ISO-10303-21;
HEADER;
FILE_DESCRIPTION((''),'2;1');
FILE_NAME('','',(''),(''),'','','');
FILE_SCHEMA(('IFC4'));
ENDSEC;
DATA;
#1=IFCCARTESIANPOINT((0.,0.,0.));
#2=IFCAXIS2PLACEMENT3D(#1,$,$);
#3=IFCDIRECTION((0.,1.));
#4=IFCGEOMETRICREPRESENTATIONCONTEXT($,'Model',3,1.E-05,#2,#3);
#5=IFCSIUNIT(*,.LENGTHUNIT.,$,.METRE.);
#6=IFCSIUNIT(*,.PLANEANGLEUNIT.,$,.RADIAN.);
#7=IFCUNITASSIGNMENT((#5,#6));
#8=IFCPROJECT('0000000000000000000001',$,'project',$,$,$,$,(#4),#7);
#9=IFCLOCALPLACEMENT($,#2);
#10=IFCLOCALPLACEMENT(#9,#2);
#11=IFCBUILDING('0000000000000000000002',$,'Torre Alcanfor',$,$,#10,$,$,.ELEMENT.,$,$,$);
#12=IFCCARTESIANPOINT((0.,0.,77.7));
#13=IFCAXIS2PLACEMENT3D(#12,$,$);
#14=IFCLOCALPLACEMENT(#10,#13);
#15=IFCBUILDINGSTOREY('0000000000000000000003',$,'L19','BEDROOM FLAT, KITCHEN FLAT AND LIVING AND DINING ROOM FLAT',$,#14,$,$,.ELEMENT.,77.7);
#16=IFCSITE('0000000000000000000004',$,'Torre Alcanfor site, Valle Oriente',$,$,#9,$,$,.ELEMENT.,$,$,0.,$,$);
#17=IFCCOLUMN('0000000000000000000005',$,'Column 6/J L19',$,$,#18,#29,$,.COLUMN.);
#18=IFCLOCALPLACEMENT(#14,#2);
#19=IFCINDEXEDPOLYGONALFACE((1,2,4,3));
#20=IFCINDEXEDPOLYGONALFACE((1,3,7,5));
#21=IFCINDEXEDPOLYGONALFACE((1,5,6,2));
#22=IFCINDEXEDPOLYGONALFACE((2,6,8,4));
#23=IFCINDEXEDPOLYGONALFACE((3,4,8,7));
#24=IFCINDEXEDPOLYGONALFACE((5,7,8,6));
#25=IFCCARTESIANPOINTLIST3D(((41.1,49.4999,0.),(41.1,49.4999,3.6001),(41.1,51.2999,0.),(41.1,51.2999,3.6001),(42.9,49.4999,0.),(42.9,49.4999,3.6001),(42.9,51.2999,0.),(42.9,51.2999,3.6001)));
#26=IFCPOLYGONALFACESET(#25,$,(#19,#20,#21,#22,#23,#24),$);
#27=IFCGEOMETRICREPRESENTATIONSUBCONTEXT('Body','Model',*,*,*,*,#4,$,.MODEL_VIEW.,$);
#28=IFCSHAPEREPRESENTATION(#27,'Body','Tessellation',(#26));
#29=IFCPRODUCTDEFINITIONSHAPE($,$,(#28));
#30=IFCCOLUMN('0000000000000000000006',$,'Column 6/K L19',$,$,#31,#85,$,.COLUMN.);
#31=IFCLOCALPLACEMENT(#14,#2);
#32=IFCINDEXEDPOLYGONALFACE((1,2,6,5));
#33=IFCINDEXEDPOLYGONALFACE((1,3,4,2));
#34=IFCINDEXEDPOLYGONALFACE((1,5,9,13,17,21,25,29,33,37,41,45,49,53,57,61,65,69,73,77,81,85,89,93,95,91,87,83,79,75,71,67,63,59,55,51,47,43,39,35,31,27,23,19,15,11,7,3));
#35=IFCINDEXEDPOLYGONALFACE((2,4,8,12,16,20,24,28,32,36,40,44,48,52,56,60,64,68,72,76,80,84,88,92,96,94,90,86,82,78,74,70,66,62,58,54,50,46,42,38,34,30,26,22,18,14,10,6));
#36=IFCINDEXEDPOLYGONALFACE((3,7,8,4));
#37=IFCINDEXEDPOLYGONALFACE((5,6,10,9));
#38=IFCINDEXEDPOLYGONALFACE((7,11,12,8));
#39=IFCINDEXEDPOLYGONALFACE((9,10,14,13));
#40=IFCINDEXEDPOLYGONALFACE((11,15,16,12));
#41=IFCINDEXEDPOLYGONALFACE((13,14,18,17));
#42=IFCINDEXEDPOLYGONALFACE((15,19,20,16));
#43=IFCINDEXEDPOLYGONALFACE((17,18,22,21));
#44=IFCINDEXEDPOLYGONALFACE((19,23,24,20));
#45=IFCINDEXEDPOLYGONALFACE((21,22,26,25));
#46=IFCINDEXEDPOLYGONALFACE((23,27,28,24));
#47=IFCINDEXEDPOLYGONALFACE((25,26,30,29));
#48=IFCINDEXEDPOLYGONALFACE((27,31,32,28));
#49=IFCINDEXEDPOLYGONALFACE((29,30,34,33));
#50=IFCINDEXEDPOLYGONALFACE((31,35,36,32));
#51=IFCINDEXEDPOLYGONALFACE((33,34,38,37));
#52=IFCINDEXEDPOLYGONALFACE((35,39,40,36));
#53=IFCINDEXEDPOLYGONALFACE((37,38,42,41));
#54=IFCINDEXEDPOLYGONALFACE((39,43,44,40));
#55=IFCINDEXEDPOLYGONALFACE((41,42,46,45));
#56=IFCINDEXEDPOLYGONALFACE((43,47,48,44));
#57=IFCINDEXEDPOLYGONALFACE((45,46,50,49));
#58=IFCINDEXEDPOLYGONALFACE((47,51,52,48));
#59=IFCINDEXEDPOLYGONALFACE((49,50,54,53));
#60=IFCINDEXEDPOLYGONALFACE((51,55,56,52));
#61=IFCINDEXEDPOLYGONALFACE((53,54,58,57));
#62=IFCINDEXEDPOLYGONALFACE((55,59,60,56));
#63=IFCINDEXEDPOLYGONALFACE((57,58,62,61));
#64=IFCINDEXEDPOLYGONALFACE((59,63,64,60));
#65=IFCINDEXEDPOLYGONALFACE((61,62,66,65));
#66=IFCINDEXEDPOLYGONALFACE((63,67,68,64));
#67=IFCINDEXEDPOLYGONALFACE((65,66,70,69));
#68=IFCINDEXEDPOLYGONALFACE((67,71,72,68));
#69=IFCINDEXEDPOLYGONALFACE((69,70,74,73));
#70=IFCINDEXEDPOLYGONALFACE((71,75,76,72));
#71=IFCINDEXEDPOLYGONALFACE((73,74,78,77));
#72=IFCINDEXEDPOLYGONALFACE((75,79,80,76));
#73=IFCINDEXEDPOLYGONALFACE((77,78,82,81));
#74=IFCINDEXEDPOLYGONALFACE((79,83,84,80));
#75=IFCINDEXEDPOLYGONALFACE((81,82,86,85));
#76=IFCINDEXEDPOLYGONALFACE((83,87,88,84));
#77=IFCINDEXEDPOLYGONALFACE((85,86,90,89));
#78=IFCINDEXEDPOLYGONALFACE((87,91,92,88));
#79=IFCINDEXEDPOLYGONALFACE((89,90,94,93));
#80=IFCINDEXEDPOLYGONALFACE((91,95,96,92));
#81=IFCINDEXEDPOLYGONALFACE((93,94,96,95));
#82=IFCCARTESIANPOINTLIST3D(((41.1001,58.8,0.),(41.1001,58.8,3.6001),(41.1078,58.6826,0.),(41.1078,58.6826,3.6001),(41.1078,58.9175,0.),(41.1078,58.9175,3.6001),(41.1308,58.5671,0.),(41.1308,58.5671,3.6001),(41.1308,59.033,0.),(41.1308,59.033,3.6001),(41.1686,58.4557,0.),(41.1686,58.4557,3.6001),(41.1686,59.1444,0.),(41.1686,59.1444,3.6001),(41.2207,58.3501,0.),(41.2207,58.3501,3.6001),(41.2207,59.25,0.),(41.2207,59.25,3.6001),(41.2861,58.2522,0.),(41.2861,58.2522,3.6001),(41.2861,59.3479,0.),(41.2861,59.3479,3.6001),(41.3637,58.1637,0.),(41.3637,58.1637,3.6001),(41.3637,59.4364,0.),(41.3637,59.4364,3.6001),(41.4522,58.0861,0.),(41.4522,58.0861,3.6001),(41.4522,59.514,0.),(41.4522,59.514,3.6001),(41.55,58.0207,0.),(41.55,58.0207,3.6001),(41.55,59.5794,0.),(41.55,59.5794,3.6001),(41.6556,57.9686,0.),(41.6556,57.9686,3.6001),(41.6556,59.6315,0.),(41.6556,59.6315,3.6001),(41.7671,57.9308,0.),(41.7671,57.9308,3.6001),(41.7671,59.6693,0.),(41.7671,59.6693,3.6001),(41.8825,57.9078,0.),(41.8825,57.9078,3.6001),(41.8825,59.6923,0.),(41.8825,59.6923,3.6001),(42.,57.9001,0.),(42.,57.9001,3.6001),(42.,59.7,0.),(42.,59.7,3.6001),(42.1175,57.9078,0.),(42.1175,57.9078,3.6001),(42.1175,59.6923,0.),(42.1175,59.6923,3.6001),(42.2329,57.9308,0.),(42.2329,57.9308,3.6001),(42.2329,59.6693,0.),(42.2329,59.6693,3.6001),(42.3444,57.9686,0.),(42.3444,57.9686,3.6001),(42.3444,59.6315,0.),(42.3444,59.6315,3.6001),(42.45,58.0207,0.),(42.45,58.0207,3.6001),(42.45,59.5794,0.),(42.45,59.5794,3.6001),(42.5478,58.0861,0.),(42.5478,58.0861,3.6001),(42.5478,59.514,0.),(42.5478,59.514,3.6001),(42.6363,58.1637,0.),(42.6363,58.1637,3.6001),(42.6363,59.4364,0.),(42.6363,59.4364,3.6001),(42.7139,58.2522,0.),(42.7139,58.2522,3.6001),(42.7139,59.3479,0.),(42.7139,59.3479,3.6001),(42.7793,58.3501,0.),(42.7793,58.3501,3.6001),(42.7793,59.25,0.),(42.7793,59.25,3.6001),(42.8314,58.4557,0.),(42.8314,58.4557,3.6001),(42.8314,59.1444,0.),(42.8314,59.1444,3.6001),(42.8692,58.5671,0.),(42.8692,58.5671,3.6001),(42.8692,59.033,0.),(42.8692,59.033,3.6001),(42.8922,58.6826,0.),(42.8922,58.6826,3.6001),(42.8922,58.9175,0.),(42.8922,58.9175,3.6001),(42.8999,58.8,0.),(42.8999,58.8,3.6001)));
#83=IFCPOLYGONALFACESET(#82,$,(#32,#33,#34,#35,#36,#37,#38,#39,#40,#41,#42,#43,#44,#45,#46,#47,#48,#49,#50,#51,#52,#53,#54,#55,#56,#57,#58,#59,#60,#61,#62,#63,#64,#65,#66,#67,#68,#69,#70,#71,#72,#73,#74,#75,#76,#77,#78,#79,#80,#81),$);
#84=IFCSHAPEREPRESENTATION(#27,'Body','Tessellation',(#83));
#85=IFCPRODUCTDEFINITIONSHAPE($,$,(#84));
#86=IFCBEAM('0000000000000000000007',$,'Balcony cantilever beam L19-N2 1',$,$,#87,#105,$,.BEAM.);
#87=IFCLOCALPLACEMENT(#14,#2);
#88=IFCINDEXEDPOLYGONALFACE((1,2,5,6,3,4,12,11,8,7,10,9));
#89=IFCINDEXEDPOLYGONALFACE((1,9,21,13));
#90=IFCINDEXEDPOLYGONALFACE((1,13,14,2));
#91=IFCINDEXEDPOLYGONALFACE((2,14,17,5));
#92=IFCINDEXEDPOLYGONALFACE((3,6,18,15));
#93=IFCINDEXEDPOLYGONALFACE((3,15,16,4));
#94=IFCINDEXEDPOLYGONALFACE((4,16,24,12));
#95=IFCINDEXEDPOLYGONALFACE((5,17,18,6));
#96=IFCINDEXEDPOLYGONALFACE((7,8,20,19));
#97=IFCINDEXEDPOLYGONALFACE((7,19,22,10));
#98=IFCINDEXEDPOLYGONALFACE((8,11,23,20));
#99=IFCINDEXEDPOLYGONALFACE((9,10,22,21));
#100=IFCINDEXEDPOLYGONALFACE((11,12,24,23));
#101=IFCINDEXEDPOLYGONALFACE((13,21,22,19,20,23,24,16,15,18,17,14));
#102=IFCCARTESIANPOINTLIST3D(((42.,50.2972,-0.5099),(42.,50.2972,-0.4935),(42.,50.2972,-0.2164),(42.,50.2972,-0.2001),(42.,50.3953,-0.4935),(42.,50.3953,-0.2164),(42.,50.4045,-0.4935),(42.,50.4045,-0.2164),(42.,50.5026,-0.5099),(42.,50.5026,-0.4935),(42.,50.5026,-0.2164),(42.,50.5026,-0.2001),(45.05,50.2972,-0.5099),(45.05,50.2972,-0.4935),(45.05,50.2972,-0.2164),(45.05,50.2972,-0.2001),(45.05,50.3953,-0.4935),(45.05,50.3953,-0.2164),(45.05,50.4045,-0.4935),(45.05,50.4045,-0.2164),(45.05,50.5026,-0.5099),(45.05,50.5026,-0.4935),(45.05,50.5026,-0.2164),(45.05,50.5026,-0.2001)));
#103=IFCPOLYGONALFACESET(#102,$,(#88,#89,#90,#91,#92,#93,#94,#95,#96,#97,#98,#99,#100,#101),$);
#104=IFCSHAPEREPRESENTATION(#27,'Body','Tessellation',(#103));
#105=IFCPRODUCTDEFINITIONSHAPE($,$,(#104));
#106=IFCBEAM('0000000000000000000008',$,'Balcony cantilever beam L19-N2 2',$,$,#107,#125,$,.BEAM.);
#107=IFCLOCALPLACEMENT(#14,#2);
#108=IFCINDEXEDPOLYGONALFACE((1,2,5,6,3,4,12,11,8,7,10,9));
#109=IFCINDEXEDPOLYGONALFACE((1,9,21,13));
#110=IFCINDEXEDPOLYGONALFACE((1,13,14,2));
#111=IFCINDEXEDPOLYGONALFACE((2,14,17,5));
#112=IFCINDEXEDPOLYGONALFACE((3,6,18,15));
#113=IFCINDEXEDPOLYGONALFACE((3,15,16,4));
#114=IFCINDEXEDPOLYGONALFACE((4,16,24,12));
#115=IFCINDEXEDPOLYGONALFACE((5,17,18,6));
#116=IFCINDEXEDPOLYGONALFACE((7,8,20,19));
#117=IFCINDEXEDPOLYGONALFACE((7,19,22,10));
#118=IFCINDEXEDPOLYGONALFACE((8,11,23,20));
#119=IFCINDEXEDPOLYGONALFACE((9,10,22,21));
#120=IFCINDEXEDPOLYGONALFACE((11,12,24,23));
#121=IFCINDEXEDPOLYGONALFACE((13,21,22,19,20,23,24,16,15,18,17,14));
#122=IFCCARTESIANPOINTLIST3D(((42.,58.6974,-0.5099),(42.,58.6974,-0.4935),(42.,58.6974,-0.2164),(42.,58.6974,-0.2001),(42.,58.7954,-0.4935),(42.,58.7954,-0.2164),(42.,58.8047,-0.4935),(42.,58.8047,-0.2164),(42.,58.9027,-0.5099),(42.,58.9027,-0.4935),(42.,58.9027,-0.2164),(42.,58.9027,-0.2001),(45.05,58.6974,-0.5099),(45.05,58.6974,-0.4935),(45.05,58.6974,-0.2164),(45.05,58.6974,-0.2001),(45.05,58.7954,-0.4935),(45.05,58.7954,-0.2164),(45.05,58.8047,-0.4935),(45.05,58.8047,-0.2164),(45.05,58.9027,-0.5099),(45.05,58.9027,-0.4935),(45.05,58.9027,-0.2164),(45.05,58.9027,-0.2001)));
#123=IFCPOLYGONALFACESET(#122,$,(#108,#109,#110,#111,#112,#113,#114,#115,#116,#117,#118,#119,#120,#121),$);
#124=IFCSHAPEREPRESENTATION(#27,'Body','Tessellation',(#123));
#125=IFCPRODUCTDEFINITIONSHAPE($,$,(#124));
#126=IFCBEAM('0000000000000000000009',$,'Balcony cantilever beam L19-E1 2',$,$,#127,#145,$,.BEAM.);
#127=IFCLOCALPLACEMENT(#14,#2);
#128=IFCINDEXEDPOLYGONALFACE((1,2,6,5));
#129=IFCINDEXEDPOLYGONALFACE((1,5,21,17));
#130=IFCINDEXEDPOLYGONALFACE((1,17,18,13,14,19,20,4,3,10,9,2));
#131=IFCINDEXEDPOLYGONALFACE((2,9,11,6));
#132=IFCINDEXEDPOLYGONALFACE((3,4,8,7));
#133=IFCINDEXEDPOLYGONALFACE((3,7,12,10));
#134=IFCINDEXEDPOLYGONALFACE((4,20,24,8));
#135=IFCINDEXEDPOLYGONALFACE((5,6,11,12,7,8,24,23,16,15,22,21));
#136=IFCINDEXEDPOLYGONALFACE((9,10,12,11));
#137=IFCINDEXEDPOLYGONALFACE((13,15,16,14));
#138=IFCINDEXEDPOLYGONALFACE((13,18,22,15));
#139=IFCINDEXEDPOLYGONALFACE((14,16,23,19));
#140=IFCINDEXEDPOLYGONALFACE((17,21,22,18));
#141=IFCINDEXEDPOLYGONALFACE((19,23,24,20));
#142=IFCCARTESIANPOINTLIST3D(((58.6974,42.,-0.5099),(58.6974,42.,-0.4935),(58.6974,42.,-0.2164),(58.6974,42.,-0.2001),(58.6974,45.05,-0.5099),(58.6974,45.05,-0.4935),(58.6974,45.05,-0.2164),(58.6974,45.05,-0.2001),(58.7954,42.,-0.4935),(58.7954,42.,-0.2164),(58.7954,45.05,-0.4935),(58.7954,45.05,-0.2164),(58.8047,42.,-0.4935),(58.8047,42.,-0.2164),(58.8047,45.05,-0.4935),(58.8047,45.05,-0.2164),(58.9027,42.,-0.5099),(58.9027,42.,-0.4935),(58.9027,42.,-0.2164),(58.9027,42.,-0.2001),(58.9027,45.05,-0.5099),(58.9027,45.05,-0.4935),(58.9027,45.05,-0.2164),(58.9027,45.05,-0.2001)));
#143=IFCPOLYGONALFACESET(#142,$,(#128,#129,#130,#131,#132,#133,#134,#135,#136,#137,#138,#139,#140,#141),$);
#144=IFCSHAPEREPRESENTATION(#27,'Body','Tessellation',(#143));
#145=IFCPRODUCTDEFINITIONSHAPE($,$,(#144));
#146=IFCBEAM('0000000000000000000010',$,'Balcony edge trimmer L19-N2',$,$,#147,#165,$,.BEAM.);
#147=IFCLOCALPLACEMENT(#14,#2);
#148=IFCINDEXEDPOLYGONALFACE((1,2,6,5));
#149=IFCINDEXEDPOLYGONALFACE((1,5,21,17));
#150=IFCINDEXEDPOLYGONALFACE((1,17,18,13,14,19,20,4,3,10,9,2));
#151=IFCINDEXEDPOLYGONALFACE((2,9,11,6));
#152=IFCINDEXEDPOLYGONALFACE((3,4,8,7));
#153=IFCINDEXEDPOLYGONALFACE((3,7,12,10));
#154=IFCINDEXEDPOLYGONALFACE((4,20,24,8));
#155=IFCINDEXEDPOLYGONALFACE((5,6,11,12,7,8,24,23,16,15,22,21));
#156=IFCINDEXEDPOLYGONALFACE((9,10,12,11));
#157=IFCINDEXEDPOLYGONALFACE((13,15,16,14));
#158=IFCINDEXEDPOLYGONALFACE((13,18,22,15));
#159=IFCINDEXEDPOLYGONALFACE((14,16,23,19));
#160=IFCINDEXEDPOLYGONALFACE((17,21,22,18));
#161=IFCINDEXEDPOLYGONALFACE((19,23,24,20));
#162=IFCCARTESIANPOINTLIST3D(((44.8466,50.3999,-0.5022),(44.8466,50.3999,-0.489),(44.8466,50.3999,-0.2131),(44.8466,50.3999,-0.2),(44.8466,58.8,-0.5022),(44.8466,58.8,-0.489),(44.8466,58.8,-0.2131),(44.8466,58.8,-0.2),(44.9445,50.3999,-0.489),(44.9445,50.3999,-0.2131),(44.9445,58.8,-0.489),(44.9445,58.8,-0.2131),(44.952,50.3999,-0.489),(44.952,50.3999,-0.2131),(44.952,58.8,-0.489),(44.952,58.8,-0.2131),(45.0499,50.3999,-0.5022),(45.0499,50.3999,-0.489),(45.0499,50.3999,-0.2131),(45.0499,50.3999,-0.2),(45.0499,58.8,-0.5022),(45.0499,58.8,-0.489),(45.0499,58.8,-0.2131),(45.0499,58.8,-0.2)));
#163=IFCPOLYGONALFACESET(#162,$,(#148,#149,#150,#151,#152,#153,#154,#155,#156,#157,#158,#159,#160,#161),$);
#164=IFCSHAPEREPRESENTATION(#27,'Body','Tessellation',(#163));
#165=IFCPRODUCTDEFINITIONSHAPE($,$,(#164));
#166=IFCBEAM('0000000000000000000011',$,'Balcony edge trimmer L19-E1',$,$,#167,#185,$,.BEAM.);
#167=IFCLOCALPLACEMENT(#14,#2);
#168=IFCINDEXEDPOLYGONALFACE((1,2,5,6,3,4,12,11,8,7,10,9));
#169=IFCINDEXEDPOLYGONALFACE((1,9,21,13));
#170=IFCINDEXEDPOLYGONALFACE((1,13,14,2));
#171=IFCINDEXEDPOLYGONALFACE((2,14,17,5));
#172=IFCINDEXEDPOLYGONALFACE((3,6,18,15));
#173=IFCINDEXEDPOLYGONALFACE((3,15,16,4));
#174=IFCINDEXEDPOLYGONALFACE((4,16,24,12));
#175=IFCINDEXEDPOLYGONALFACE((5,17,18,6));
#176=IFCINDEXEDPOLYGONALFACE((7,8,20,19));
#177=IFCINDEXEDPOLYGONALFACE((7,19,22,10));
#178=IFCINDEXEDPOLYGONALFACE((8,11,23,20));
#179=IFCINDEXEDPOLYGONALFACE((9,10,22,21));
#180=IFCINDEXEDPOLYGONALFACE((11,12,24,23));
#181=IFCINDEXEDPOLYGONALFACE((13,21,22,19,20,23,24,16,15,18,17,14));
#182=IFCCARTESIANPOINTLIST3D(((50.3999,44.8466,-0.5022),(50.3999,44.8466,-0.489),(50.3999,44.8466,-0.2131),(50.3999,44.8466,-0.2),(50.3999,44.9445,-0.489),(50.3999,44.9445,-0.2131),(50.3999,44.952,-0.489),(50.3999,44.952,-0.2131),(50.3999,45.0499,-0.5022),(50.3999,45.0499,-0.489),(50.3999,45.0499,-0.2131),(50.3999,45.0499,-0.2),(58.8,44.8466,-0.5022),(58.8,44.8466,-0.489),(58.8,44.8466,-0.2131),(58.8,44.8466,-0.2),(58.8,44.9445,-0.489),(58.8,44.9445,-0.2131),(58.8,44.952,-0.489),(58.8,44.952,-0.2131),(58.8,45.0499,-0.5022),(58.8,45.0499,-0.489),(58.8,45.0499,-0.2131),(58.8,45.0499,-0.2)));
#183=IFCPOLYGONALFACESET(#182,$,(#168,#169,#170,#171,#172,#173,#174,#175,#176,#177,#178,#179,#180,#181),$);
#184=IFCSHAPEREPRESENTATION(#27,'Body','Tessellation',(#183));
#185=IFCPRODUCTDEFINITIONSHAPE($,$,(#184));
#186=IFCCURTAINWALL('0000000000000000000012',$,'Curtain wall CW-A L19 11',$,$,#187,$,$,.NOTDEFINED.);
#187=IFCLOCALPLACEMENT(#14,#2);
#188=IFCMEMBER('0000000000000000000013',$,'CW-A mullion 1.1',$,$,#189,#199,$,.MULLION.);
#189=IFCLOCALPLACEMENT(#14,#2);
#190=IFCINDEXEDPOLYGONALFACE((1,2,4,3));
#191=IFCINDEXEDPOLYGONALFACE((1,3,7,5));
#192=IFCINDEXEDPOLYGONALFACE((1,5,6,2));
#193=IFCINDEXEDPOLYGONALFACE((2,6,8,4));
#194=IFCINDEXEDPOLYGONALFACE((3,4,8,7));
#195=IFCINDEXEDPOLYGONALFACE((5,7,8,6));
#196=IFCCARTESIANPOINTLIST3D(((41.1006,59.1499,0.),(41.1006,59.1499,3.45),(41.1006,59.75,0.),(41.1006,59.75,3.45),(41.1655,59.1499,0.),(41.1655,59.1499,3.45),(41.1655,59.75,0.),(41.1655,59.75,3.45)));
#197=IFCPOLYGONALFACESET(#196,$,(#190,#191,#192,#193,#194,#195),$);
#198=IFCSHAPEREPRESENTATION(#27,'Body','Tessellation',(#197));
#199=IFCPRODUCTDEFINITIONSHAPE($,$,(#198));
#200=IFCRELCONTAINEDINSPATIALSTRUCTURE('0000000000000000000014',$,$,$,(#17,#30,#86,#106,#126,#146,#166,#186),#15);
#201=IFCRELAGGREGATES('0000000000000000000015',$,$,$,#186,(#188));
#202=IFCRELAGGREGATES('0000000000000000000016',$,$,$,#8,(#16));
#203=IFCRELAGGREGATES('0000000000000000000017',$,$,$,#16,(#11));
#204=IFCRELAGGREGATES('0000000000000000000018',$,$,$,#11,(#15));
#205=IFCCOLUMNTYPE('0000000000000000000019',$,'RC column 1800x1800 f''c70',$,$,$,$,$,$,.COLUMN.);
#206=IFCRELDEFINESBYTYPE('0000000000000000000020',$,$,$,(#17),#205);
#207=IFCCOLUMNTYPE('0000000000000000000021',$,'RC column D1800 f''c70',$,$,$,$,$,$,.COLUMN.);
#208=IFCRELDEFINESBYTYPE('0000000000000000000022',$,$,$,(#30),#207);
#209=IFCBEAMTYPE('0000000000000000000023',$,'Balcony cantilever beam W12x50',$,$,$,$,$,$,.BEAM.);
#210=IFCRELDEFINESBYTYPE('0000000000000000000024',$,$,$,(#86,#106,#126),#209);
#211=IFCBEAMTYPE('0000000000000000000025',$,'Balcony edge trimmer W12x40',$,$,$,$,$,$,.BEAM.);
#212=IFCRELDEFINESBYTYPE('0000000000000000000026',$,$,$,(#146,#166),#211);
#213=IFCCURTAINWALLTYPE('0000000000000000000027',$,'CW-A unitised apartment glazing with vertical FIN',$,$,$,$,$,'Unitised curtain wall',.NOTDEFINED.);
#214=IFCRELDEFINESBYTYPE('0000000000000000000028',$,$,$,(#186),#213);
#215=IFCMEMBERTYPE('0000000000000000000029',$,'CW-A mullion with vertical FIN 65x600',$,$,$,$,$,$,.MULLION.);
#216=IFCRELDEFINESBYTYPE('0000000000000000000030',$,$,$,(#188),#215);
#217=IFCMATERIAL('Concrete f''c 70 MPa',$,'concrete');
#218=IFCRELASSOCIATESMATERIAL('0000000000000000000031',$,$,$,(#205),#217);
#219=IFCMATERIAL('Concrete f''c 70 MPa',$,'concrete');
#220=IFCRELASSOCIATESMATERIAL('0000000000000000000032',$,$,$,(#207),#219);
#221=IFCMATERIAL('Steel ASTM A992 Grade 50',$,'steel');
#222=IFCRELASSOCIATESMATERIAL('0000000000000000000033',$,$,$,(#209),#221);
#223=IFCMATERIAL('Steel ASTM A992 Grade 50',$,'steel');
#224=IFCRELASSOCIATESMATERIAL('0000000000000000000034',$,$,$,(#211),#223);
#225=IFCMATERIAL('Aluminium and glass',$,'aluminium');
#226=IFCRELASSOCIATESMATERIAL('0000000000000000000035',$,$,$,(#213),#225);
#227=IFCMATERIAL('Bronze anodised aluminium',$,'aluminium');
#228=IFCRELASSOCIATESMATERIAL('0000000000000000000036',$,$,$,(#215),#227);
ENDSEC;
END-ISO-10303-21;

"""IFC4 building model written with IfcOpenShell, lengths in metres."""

from ifc_helpers import new_model, si_unit, direction, frame, origin, origin_2d, place, context, subcontext, project, spatial, rectangle, circle, i_section, extrude, material, material_profile, profile_set, type_object, element, aggregate, save


model = new_model("IFC4")

# Units and contexts
model_context = context("Model", 3, precision=1e-05, world=origin(), true_north=direction((0.0, 1.0)))
body_context = subcontext(model_context, "Body", "Model", "MODEL_VIEW")
ifc_project = project(units=[si_unit("LENGTHUNIT", "METRE"), si_unit("PLANEANGLEUNIT", "RADIAN")], contexts=[model_context])

# Site, building, storey
site_placement = place(None, origin())
site = spatial("IfcSite", under=ifc_project, at=site_placement, Name="Torre Alcanfor site, Valle Oriente", CompositionType="ELEMENT", RefElevation=0.0)
building_placement = place(site_placement, origin())
building = spatial("IfcBuilding", under=site, at=building_placement, Name="Torre Alcanfor", CompositionType="ELEMENT")
storey_placement = place(building_placement, frame((0.0, 0.0, 77.7)))
storey = spatial("IfcBuildingStorey", under=building, at=storey_placement, Name="L19", Description="BEDROOM FLAT, KITCHEN FLAT AND LIVING AND DINING ROOM FLAT", CompositionType="ELEMENT", Elevation=77.7)

# Columns
ifc_material_1 = material(Name="Concrete f'c 70 MPa", Category="concrete")
ifc_material_profile_1 = material_profile(ifc_material_1, rectangle(XDim=1.8, YDim=1.8, at=origin_2d()), Name="1800x1800")
ifc_profile_set_1 = profile_set([ifc_material_profile_1], Name="Concrete f'c 70 MPa")
column_type_1 = type_object("IfcColumnType", Name="RC column 1800x1800 f'c70", PredefinedType="COLUMN", material=ifc_profile_set_1)
column_1_placement = place(storey_placement, frame((42.0, 50.3999, 0.0), z_axis=(0.0, 0.0, 1.0), x_axis=(1.0, 0.0, 0.0)))
element("IfcColumn", 1, at=column_1_placement, inside=storey, type_object=column_type_1, Name="Column 6/J L19", PredefinedType="COLUMN", context=body_context, shape_type="SweptSolid", body=[
    extrude(rectangle(XDim=1.8, YDim=1.8, at=origin_2d()), origin(), (0.0, 0.0, 1.0), 3.6001),
])
ifc_material_2 = material(Name="Concrete f'c 70 MPa", Category="concrete")
ifc_material_profile_2 = material_profile(ifc_material_2, circle(Radius=0.8999, at=origin_2d()), Name="D1800")
ifc_profile_set_2 = profile_set([ifc_material_profile_2], Name="Concrete f'c 70 MPa")
column_type_2 = type_object("IfcColumnType", Name="RC column D1800 f'c70", PredefinedType="COLUMN", material=ifc_profile_set_2)
column_2_placement = place(storey_placement, frame((42.0, 58.8, 0.0), z_axis=(0.0, 0.0, 1.0), x_axis=(1.0, 0.0, 0.0)))
element("IfcColumn", 2, at=column_2_placement, inside=storey, type_object=column_type_2, Name="Column 6/K L19", PredefinedType="COLUMN", context=body_context, shape_type="SweptSolid", body=[
    extrude(circle(Radius=0.8999, at=origin_2d()), origin(), (0.0, 0.0, 1.0), 3.6001),
])

# Beams
ifc_material_3 = material(Name="Steel ASTM A992 Grade 50", Category="steel")
ifc_material_profile_3 = material_profile(ifc_material_3, i_section(OverallWidth=0.2053, OverallDepth=0.3098, WebThickness=0.0093, FlangeThickness=0.0164, at=origin_2d()), Name="W12x50")
ifc_profile_set_3 = profile_set([ifc_material_profile_3], Name="Steel ASTM A992 Grade 50")
beam_type_1 = type_object("IfcBeamType", Name="Balcony cantilever beam W12x50", PredefinedType="BEAM", material=ifc_profile_set_3)
for number, where, z_axis, x_axis, name in (
    (3, (42.0, 50.3999, -0.355), (1.0, 0.0, 0.0), (0.0, 1.0, 0.0), "Balcony cantilever beam L19-N2 1"),
    (4, (42.0, 58.8, -0.355), (1.0, 0.0, 0.0), (0.0, 1.0, 0.0), "Balcony cantilever beam L19-N2 2"),
    (5, (58.8, 42.0, -0.355), (0.0, 1.0, 0.0), (-1.0, 0.0, 0.0), "Balcony cantilever beam L19-E1 2"),
):
    element("IfcBeam", number, at=place(storey_placement, frame(where, z_axis=z_axis, x_axis=x_axis)), inside=storey, type_object=beam_type_1, Name=name, PredefinedType="BEAM", context=body_context, shape_type="SweptSolid", body=[
        extrude(i_section(OverallWidth=0.2053, OverallDepth=0.3098, WebThickness=0.0093, FlangeThickness=0.0164, at=origin_2d()), origin(), (0.0, 0.0, 1.0), 3.05),
    ])
ifc_material_4 = material(Name="Steel ASTM A992 Grade 50", Category="steel")
ifc_material_profile_4 = material_profile(ifc_material_4, i_section(OverallWidth=0.2034, OverallDepth=0.3022, WebThickness=0.0076, FlangeThickness=0.0132, at=origin_2d()), Name="W12x40")
ifc_profile_set_4 = profile_set([ifc_material_profile_4], Name="Steel ASTM A992 Grade 50")
beam_type_2 = type_object("IfcBeamType", Name="Balcony edge trimmer W12x40", PredefinedType="BEAM", material=ifc_profile_set_4)
for number, where, z_axis, x_axis, name in (
    (6, (44.9482, 50.3999, -0.3511), (0.0, 1.0, 0.0), (-1.0, 0.0, 0.0), "Balcony edge trimmer L19-N2"),
    (7, (50.3999, 44.9482, -0.3511), (1.0, 0.0, 0.0), (0.0, 1.0, 0.0), "Balcony edge trimmer L19-E1"),
):
    element("IfcBeam", number, at=place(storey_placement, frame(where, z_axis=z_axis, x_axis=x_axis)), inside=storey, type_object=beam_type_2, Name=name, PredefinedType="BEAM", context=body_context, shape_type="SweptSolid", body=[
        extrude(i_section(OverallWidth=0.2034, OverallDepth=0.3022, WebThickness=0.0076, FlangeThickness=0.0132, at=origin_2d()), origin(), (0.0, 0.0, 1.0), 8.4001),
    ])

# Curtain wall, member
ifc_material_5 = material(Name="Aluminium and glass", Category="aluminium")
curtain_wall_type = type_object("IfcCurtainWallType", Name="CW-A unitised apartment glazing with vertical FIN", ElementType="Unitised curtain wall", PredefinedType="NOTDEFINED", material=ifc_material_5)
curtain_wall_placement = place(storey_placement, origin())
curtain_wall = element("IfcCurtainWall", 8, at=curtain_wall_placement, inside=storey, type_object=curtain_wall_type, Name="Curtain wall CW-A L19 11", PredefinedType="NOTDEFINED")
ifc_material_6 = material(Name="Bronze anodised aluminium", Category="aluminium")
ifc_material_profile_5 = material_profile(ifc_material_6, rectangle(XDim=0.6001, YDim=0.0649, at=origin_2d()), Name="CW-A mullion 65x600")
ifc_profile_set_5 = profile_set([ifc_material_profile_5], Name="Bronze anodised aluminium")
member_type = type_object("IfcMemberType", Name="CW-A mullion with vertical FIN 65x600", PredefinedType="MULLION", material=ifc_profile_set_5)
member_placement = place(storey_placement, frame((41.1331, 59.45, 0.0), z_axis=(0.0, 0.0, 1.0), x_axis=(0.0, -1.0, 0.0)))
member = element("IfcMember", 9, at=member_placement, type_object=member_type, Name="CW-A mullion 1.1", PredefinedType="MULLION", context=body_context, shape_type="SweptSolid", body=[
    extrude(rectangle(XDim=0.6001, YDim=0.0649, at=origin_2d()), origin(), (0.0, 0.0, 1.0), 3.45),
])
aggregate(curtain_wall, [member])

save(model, "model.ifc")
